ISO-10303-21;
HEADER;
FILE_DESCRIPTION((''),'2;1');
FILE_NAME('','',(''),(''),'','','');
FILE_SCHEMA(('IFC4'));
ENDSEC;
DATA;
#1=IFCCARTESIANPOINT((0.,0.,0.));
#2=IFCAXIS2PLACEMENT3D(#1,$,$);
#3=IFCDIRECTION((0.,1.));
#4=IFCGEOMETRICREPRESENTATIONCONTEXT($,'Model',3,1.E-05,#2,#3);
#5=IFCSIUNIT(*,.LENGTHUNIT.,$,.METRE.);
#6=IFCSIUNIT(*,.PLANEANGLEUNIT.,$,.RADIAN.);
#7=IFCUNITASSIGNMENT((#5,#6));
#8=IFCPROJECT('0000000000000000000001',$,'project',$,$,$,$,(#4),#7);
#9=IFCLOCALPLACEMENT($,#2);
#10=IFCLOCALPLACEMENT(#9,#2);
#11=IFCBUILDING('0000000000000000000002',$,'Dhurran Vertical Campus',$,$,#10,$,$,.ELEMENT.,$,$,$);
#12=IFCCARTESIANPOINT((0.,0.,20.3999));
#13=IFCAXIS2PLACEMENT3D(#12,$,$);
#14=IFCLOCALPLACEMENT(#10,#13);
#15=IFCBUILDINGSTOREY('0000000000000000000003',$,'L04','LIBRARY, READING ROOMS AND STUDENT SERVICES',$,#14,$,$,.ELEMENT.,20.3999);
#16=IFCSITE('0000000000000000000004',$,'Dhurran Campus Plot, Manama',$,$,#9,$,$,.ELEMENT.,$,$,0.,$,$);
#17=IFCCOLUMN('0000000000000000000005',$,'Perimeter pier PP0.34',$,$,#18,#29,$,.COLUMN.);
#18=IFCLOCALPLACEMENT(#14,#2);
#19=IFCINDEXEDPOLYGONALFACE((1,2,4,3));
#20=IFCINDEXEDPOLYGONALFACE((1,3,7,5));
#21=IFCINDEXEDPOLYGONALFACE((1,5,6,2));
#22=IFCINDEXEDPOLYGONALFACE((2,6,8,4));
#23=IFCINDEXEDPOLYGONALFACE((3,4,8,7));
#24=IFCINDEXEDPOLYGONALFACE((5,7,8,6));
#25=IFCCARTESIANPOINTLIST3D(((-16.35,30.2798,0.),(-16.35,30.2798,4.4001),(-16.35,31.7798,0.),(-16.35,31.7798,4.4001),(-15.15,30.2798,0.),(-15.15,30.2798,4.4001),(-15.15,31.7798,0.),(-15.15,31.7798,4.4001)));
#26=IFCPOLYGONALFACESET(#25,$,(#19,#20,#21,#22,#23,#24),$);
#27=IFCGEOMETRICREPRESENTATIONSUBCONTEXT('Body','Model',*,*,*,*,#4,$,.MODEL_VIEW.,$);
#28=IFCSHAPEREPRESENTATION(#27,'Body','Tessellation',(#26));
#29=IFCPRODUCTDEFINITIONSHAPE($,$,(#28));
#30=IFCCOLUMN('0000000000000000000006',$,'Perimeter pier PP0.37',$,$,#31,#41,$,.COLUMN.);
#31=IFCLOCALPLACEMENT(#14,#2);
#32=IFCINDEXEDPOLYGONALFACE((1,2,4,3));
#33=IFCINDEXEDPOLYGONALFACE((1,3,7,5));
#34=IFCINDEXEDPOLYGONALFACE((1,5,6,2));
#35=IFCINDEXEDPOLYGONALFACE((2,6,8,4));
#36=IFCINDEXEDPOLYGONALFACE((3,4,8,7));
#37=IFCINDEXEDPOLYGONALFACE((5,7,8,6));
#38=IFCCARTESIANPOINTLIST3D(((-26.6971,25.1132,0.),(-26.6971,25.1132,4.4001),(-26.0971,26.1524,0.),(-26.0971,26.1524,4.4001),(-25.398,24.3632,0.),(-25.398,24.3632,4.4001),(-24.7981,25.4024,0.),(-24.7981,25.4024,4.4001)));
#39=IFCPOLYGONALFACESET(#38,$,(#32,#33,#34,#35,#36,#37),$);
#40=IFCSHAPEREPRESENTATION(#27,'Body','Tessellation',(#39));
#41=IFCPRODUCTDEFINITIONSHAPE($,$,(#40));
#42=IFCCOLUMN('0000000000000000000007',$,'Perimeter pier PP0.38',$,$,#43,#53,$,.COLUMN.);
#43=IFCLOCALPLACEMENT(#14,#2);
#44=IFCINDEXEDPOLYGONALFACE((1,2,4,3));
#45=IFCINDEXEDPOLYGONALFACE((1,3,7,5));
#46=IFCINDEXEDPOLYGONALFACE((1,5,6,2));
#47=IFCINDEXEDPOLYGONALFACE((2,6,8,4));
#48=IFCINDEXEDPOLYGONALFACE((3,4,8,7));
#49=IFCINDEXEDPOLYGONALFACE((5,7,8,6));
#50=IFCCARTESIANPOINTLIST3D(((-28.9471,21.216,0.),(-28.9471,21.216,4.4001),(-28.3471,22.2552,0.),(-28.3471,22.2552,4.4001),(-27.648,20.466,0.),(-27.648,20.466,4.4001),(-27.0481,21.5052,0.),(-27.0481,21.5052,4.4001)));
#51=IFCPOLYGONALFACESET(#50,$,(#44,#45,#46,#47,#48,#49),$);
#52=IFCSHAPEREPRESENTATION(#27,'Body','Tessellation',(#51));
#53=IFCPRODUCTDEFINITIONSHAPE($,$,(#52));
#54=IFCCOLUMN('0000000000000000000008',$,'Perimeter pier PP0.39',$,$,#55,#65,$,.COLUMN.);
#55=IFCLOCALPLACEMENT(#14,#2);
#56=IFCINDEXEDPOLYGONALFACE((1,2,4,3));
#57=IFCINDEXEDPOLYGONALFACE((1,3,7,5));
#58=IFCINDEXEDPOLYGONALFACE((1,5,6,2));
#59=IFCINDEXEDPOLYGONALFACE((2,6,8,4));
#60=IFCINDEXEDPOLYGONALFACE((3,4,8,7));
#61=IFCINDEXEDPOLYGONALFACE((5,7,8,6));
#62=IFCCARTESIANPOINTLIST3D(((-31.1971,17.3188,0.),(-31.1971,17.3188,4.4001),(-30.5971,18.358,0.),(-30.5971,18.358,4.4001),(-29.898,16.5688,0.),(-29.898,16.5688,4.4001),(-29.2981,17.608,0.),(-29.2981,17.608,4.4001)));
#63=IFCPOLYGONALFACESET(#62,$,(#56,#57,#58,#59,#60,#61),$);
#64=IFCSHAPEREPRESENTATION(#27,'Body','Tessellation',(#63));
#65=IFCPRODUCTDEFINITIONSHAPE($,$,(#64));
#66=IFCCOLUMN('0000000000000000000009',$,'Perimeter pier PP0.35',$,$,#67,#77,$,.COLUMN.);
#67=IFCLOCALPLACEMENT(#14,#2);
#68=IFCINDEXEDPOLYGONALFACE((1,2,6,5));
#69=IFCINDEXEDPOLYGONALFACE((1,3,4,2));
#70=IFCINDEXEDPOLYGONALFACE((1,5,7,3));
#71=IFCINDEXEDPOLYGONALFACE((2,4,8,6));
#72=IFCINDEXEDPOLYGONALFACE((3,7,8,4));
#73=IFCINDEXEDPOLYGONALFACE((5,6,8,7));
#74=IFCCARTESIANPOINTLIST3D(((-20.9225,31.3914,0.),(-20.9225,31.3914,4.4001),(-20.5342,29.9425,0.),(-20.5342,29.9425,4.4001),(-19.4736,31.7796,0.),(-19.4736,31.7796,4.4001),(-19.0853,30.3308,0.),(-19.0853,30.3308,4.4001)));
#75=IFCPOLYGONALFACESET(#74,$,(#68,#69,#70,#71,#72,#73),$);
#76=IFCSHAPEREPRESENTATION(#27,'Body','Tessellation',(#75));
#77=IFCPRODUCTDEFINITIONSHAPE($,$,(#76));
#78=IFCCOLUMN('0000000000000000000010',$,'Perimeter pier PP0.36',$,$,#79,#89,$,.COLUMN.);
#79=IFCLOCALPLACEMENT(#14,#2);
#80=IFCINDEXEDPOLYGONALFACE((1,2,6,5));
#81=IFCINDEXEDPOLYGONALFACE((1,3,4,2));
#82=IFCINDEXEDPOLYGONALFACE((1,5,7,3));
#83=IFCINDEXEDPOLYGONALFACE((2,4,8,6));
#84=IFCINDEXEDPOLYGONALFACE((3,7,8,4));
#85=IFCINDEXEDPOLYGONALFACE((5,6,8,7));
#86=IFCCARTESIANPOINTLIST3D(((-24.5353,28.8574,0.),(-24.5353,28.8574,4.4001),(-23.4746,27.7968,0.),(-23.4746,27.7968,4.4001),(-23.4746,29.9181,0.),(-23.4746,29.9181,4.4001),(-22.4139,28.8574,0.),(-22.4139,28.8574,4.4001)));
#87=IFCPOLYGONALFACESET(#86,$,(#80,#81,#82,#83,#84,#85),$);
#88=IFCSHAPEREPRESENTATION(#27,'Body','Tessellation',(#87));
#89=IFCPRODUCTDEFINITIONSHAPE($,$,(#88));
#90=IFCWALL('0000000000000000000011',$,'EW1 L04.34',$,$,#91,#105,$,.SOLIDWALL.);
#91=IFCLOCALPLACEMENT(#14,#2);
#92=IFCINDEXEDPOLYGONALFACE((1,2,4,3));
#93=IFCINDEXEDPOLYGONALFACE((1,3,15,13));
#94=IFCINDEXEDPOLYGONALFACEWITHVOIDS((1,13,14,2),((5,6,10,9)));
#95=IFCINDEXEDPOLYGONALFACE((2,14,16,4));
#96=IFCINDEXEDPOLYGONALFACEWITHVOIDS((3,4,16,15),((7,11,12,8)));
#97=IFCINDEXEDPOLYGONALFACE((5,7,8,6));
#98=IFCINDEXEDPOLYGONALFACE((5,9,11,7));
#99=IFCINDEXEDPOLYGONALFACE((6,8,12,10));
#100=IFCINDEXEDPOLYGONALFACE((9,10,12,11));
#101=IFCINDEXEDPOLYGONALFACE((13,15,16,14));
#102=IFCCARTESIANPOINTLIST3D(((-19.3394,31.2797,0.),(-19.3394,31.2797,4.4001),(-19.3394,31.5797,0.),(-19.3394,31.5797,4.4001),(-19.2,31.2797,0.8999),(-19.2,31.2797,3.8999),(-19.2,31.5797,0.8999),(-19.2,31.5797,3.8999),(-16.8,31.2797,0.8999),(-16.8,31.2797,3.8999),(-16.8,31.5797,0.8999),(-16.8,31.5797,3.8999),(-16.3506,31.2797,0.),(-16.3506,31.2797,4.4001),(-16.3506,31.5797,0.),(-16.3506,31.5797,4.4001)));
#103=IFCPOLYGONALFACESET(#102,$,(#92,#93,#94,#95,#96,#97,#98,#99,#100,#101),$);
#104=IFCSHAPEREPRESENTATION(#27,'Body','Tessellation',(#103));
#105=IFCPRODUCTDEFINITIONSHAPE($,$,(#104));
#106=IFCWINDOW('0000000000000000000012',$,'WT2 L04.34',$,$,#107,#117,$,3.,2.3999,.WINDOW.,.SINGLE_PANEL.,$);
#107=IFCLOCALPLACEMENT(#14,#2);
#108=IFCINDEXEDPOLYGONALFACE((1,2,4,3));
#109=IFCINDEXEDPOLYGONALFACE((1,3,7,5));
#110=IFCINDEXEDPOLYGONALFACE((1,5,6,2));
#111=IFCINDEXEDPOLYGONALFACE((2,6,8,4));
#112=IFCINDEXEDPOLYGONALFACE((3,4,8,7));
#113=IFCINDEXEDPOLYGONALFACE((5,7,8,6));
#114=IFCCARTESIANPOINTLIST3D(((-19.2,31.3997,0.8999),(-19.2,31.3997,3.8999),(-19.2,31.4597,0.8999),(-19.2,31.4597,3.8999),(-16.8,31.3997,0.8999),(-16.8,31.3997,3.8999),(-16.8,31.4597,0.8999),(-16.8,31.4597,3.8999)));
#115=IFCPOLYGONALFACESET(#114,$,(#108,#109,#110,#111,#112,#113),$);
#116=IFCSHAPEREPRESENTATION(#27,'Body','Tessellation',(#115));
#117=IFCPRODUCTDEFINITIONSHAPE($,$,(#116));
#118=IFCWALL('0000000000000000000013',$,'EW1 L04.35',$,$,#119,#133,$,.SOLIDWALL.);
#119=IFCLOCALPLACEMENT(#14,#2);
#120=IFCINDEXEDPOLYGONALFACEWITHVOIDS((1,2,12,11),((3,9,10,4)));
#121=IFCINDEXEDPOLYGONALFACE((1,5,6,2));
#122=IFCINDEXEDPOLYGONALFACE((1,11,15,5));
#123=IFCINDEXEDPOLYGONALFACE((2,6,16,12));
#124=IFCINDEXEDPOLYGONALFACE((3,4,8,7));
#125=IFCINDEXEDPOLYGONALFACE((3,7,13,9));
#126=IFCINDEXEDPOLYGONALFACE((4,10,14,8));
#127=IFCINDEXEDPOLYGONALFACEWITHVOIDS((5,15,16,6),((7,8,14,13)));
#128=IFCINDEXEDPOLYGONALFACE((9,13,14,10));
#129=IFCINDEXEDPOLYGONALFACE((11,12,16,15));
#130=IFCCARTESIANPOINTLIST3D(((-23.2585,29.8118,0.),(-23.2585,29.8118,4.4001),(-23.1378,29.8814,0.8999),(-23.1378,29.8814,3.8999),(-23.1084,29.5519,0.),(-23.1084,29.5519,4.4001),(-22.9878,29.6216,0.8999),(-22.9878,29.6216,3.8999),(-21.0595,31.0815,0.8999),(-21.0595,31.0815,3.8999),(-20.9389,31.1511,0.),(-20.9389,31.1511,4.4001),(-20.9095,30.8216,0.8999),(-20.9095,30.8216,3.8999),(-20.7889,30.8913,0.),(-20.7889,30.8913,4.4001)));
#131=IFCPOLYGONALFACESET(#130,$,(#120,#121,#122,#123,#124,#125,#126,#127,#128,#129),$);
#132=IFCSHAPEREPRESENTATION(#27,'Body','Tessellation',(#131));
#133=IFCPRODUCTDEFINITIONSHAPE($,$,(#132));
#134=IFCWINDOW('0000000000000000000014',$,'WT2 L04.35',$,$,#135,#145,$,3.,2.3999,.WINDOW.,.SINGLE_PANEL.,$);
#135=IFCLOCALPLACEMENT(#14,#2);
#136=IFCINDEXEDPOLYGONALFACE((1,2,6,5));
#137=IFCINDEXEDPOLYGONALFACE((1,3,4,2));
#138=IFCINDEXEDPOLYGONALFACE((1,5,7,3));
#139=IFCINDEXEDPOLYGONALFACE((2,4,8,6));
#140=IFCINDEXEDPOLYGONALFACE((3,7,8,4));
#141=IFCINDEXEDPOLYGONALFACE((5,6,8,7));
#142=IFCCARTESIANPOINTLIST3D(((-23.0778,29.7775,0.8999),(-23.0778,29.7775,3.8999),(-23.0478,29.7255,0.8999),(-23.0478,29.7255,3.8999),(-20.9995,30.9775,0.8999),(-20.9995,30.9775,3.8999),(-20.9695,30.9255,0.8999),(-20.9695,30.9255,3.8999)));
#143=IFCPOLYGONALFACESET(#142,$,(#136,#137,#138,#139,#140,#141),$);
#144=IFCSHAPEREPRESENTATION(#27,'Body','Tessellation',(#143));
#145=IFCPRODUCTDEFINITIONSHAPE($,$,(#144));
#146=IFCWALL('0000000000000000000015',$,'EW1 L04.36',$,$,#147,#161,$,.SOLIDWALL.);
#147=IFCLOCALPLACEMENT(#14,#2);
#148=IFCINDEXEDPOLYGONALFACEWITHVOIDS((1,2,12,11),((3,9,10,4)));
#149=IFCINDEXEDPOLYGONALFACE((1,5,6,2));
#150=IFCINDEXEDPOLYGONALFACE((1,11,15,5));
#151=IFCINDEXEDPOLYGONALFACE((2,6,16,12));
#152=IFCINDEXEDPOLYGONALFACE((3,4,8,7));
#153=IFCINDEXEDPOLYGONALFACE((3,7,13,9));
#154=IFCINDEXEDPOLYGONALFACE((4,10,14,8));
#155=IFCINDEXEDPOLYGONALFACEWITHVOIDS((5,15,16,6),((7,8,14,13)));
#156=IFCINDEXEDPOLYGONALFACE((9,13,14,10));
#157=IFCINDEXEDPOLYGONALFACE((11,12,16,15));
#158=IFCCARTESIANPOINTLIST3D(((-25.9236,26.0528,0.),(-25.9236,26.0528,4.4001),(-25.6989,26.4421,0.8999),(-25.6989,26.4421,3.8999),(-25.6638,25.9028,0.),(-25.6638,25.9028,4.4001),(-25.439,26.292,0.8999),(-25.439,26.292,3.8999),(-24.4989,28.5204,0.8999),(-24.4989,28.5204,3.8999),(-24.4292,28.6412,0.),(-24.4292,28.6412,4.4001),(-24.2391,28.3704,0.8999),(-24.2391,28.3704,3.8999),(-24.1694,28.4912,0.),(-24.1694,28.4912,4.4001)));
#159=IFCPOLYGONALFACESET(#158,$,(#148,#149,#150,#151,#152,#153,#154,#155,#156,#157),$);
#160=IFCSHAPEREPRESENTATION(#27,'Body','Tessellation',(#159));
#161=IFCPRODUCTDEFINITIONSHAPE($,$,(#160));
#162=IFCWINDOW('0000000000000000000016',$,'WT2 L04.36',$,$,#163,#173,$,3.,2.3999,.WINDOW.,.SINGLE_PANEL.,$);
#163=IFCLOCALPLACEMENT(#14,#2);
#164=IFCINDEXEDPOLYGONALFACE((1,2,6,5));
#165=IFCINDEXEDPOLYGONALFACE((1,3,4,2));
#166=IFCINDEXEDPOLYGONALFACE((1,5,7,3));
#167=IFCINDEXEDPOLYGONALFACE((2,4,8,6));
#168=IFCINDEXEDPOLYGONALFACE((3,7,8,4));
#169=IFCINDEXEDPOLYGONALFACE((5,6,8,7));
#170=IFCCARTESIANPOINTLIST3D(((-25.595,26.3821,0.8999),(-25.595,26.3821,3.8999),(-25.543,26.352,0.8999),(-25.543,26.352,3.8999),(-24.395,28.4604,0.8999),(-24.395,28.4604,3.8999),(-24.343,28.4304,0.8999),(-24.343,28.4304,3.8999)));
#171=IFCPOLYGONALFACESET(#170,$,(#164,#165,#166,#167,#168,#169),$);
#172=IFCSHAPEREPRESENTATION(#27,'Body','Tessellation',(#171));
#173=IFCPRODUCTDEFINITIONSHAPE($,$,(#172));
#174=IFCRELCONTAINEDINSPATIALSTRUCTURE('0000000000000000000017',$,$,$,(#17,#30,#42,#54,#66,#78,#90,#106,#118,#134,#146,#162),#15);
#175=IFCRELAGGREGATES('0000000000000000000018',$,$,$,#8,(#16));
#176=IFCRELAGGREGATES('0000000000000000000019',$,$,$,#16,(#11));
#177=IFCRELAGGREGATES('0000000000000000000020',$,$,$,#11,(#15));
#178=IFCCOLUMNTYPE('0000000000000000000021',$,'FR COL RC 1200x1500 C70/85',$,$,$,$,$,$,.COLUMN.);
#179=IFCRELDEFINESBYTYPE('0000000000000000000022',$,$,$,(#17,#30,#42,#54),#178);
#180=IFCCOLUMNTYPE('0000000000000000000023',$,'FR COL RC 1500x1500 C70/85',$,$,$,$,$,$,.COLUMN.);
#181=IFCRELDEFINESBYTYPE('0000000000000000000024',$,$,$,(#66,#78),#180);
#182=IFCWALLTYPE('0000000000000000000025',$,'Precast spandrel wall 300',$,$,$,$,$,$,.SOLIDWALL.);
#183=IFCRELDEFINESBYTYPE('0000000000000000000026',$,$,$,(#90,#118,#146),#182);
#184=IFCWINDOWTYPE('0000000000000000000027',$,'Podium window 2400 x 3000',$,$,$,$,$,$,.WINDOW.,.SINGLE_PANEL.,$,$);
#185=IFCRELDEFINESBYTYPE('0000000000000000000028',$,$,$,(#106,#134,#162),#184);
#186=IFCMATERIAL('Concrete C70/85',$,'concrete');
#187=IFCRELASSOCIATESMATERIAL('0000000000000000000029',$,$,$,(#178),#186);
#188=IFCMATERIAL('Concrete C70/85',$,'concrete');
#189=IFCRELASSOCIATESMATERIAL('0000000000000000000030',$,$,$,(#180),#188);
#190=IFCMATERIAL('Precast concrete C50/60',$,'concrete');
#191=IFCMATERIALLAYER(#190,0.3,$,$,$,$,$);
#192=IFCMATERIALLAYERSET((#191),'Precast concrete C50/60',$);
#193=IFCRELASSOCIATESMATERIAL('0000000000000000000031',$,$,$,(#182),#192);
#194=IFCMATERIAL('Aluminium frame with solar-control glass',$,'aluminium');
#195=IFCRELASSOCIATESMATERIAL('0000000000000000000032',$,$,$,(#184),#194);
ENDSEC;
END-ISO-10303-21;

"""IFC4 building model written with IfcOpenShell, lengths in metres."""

from ifc_helpers import new_model, si_unit, direction, frame, frame_2d, origin, origin_2d, place, context, subcontext, project, spatial, rectangle, extrude, material, layer, layer_set, material_profile, profile_set, type_object, element, fill, save


model = new_model("IFC4")

# Units and contexts
model_context = context("Model", 3, precision=1e-05, world=origin(), true_north=direction((0.0, 1.0)))
body_context = subcontext(model_context, "Body", "Model", "MODEL_VIEW")
ifc_project = project(units=[si_unit("LENGTHUNIT", "METRE"), si_unit("PLANEANGLEUNIT", "RADIAN")], contexts=[model_context])

# Site, building, storey
site_placement = place(None, origin())
site = spatial("IfcSite", under=ifc_project, at=site_placement, Name="Dhurran Campus Plot, Manama", CompositionType="ELEMENT", RefElevation=0.0)
building_placement = place(site_placement, origin())
building = spatial("IfcBuilding", under=site, at=building_placement, Name="Dhurran Vertical Campus", CompositionType="ELEMENT")
storey_placement = place(building_placement, frame((0.0, 0.0, 20.3999)))
storey = spatial("IfcBuildingStorey", under=building, at=storey_placement, Name="L04", Description="LIBRARY, READING ROOMS AND STUDENT SERVICES", CompositionType="ELEMENT", Elevation=20.3999)

# Columns
ifc_material_1 = material(Name="Concrete C70/85", Category="concrete")
ifc_material_profile_1 = material_profile(ifc_material_1, rectangle(XDim=1.2, YDim=1.5, at=origin_2d()), Name="RC 1200x1500")
ifc_profile_set_1 = profile_set([ifc_material_profile_1], Name="Concrete C70/85")
column_type_1 = type_object("IfcColumnType", Name="FR COL RC 1200x1500 C70/85", PredefinedType="COLUMN", material=ifc_profile_set_1)
for number, where, z_axis, x_axis, name in (
    (1, (-15.75, 31.0298, 0.0), (0.0, 0.0, 1.0), (-1.0, 0.0, 0.0), "Perimeter pier PP0.34"),
    (2, (-25.7476, 25.2578, 0.0), (0.0, 0.0, 1.0), (-0.5, -0.866025, 0.0), "Perimeter pier PP0.37"),
    (3, (-27.9976, 21.3606, 0.0), (0.0, 0.0, 1.0), (-0.5, -0.866025, 0.0), "Perimeter pier PP0.38"),
    (4, (-30.2476, 17.4634, 0.0), (0.0, 0.0, 1.0), (-0.5, -0.866025, 0.0), "Perimeter pier PP0.39"),
):
    element("IfcColumn", number, at=place(storey_placement, frame(where, z_axis=z_axis, x_axis=x_axis)), inside=storey, type_object=column_type_1, Name=name, PredefinedType="COLUMN", context=body_context, shape_type="SweptSolid", body=[
        extrude(rectangle(XDim=1.2, YDim=1.5, at=origin_2d()), origin(), (0.0, 0.0, 1.0), 4.4001),
    ])
ifc_material_2 = material(Name="Concrete C70/85", Category="concrete")
ifc_material_profile_2 = material_profile(ifc_material_2, rectangle(XDim=1.5, YDim=1.5, at=origin_2d()), Name="RC 1500x1500")
ifc_profile_set_2 = profile_set([ifc_material_profile_2], Name="Concrete C70/85")
column_type_2 = type_object("IfcColumnType", Name="FR COL RC 1500x1500 C70/85", PredefinedType="COLUMN", material=ifc_profile_set_2)
for number, where, z_axis, x_axis, name in (
    (5, (-20.0039, 30.8611, 0.0), (0.0, 0.0, 1.0), (-0.965926, -0.258819, 0.0), "Perimeter pier PP0.35"),
    (6, (-23.4746, 28.8574, 0.0), (0.0, 0.0, 1.0), (-0.707107, -0.707107, 0.0), "Perimeter pier PP0.36"),
):
    element("IfcColumn", number, at=place(storey_placement, frame(where, z_axis=z_axis, x_axis=x_axis)), inside=storey, type_object=column_type_2, Name=name, PredefinedType="COLUMN", context=body_context, shape_type="SweptSolid", body=[
        extrude(rectangle(XDim=1.5, YDim=1.5, at=origin_2d()), origin(), (0.0, 0.0, 1.0), 4.4001),
    ])

# Walls, openings, windows
ifc_material_3 = material(Name="Precast concrete C50/60", Category="concrete")
ifc_layer_1 = layer(ifc_material_3, 0.3)
ifc_layer_set_1 = layer_set([ifc_layer_1], Name="Precast concrete C50/60")
wall_type_1 = type_object("IfcWallType", Name="Precast spandrel wall 300", PredefinedType="SOLIDWALL", material=ifc_layer_set_1)
wall_1_placement = place(storey_placement, frame((-16.3506, 31.4297, 0.0), z_axis=(0.0, 0.0, 1.0), x_axis=(-1.0, 0.0, 0.0)))
wall_1 = element("IfcWall", 7, at=wall_1_placement, inside=storey, type_object=wall_type_1, Name="EW1 L04.34", PredefinedType="SOLIDWALL", context=body_context, shape_type="SweptSolid", body=[
    extrude(rectangle(XDim=2.9888, YDim=0.3, at=frame_2d((1.4944, 0.0))), origin(), (0.0, 0.0, 1.0), 4.4001),
])
opening_1_placement = place(wall_1_placement, frame((0.4495, 0.0, 0.8999)))
opening_1 = element("IfcOpeningElement", 8, at=opening_1_placement, cuts=wall_1, PredefinedType="OPENING", context=body_context, shape_type="SweptSolid", body=[
    extrude(rectangle(XDim=2.3999, YDim=3.0, at=frame_2d((1.2, 1.5))), frame((0.0, 0.1599, 0.0), z_axis=(0.0, -1.0, 0.0), x_axis=(1.0, 0.0, 0.0)), (0.0, 0.0, 1.0), 0.3201),
])
ifc_material_4 = material(Name="Aluminium frame with solar-control glass", Category="aluminium")
window_type = type_object("IfcWindowType", Name="Podium window 2400 x 3000", PartitioningType="SINGLE_PANEL", PredefinedType="WINDOW", material=ifc_material_4)
window_1_placement = place(opening_1_placement, origin())
window_1 = element("IfcWindow", 9, at=window_1_placement, inside=storey, type_object=window_type, Name="WT2 L04.34", OverallHeight=3.0, OverallWidth=2.3999, PartitioningType="SINGLE_PANEL", PredefinedType="WINDOW", context=body_context, shape_type="SweptSolid", body=[
    extrude(rectangle(XDim=2.3999, YDim=3.0, at=frame_2d((1.2, 1.5))), frame((0.0, 0.03, 0.0), z_axis=(0.0, -1.0, 0.0), x_axis=(1.0, 0.0, 0.0)), (0.0, 0.0, 1.0), 0.0601),
])
fill(opening_1, window_1)
wall_2_placement = place(storey_placement, frame((-20.8638, 31.0212, 0.0), z_axis=(0.0, 0.0, 1.0), x_axis=(-0.866002, -0.500041, 0.0)))
wall_2 = element("IfcWall", 10, at=wall_2_placement, inside=storey, type_object=wall_type_1, Name="EW1 L04.35", PredefinedType="SOLIDWALL", context=body_context, shape_type="SweptSolid", body=[
    extrude(rectangle(XDim=2.6785, YDim=0.3, at=frame_2d((1.3394, 0.0))), origin(), (0.0, 0.0, 1.0), 4.4001),
])
opening_2_placement = place(wall_2_placement, frame((0.1394, 0.0, 0.8999)))
opening_2 = element("IfcOpeningElement", 11, at=opening_2_placement, cuts=wall_2, PredefinedType="OPENING", context=body_context, shape_type="SweptSolid", body=[
    extrude(rectangle(XDim=2.3999, YDim=3.0, at=frame_2d((1.2, 1.5))), frame((0.0, 0.1599, 0.0), z_axis=(0.0, -1.0, 0.0), x_axis=(1.0, 0.0, 0.0)), (0.0, 0.0, 1.0), 0.3201),
])
window_2_placement = place(opening_2_placement, origin())
window_2 = element("IfcWindow", 12, at=window_2_placement, inside=storey, type_object=window_type, Name="WT2 L04.35", OverallHeight=3.0, OverallWidth=2.3999, PartitioningType="SINGLE_PANEL", PredefinedType="WINDOW", context=body_context, shape_type="SweptSolid", body=[
    extrude(rectangle(XDim=2.3999, YDim=3.0, at=frame_2d((1.2, 1.5))), frame((0.0, 0.03, 0.0), z_axis=(0.0, -1.0, 0.0), x_axis=(1.0, 0.0, 0.0)), (0.0, 0.0, 1.0), 0.0601),
])
fill(opening_2, window_2)
wall_3_placement = place(storey_placement, frame((-24.2993, 28.5662, 0.0), z_axis=(0.0, 0.0, 1.0), x_axis=(-0.499996, -0.866028, 0.0)))
wall_3 = element("IfcWall", 13, at=wall_3_placement, inside=storey, type_object=wall_type_1, Name="EW1 L04.36", PredefinedType="SOLIDWALL", context=body_context, shape_type="SweptSolid", body=[
    extrude(rectangle(XDim=2.9888, YDim=0.3, at=frame_2d((1.4944, 0.0))), origin(), (0.0, 0.0, 1.0), 4.4001),
])
opening_3_placement = place(wall_3_placement, frame((0.1394, 0.0, 0.8999)))
opening_3 = element("IfcOpeningElement", 14, at=opening_3_placement, cuts=wall_3, PredefinedType="OPENING", context=body_context, shape_type="SweptSolid", body=[
    extrude(rectangle(XDim=2.3999, YDim=3.0, at=frame_2d((1.2, 1.5))), frame((0.0, 0.1599, 0.0), z_axis=(0.0, -1.0, 0.0), x_axis=(1.0, 0.0, 0.0)), (0.0, 0.0, 1.0), 0.3201),
])
window_3_placement = place(opening_3_placement, origin())
window_3 = element("IfcWindow", 15, at=window_3_placement, inside=storey, type_object=window_type, Name="WT2 L04.36", OverallHeight=3.0, OverallWidth=2.3999, PartitioningType="SINGLE_PANEL", PredefinedType="WINDOW", context=body_context, shape_type="SweptSolid", body=[
    extrude(rectangle(XDim=2.3999, YDim=3.0, at=frame_2d((1.2, 1.5))), frame((0.0, 0.03, 0.0), z_axis=(0.0, -1.0, 0.0), x_axis=(1.0, 0.0, 0.0)), (0.0, 0.0, 1.0), 0.0601),
])
fill(opening_3, window_3)

save(model, "model.ifc")
